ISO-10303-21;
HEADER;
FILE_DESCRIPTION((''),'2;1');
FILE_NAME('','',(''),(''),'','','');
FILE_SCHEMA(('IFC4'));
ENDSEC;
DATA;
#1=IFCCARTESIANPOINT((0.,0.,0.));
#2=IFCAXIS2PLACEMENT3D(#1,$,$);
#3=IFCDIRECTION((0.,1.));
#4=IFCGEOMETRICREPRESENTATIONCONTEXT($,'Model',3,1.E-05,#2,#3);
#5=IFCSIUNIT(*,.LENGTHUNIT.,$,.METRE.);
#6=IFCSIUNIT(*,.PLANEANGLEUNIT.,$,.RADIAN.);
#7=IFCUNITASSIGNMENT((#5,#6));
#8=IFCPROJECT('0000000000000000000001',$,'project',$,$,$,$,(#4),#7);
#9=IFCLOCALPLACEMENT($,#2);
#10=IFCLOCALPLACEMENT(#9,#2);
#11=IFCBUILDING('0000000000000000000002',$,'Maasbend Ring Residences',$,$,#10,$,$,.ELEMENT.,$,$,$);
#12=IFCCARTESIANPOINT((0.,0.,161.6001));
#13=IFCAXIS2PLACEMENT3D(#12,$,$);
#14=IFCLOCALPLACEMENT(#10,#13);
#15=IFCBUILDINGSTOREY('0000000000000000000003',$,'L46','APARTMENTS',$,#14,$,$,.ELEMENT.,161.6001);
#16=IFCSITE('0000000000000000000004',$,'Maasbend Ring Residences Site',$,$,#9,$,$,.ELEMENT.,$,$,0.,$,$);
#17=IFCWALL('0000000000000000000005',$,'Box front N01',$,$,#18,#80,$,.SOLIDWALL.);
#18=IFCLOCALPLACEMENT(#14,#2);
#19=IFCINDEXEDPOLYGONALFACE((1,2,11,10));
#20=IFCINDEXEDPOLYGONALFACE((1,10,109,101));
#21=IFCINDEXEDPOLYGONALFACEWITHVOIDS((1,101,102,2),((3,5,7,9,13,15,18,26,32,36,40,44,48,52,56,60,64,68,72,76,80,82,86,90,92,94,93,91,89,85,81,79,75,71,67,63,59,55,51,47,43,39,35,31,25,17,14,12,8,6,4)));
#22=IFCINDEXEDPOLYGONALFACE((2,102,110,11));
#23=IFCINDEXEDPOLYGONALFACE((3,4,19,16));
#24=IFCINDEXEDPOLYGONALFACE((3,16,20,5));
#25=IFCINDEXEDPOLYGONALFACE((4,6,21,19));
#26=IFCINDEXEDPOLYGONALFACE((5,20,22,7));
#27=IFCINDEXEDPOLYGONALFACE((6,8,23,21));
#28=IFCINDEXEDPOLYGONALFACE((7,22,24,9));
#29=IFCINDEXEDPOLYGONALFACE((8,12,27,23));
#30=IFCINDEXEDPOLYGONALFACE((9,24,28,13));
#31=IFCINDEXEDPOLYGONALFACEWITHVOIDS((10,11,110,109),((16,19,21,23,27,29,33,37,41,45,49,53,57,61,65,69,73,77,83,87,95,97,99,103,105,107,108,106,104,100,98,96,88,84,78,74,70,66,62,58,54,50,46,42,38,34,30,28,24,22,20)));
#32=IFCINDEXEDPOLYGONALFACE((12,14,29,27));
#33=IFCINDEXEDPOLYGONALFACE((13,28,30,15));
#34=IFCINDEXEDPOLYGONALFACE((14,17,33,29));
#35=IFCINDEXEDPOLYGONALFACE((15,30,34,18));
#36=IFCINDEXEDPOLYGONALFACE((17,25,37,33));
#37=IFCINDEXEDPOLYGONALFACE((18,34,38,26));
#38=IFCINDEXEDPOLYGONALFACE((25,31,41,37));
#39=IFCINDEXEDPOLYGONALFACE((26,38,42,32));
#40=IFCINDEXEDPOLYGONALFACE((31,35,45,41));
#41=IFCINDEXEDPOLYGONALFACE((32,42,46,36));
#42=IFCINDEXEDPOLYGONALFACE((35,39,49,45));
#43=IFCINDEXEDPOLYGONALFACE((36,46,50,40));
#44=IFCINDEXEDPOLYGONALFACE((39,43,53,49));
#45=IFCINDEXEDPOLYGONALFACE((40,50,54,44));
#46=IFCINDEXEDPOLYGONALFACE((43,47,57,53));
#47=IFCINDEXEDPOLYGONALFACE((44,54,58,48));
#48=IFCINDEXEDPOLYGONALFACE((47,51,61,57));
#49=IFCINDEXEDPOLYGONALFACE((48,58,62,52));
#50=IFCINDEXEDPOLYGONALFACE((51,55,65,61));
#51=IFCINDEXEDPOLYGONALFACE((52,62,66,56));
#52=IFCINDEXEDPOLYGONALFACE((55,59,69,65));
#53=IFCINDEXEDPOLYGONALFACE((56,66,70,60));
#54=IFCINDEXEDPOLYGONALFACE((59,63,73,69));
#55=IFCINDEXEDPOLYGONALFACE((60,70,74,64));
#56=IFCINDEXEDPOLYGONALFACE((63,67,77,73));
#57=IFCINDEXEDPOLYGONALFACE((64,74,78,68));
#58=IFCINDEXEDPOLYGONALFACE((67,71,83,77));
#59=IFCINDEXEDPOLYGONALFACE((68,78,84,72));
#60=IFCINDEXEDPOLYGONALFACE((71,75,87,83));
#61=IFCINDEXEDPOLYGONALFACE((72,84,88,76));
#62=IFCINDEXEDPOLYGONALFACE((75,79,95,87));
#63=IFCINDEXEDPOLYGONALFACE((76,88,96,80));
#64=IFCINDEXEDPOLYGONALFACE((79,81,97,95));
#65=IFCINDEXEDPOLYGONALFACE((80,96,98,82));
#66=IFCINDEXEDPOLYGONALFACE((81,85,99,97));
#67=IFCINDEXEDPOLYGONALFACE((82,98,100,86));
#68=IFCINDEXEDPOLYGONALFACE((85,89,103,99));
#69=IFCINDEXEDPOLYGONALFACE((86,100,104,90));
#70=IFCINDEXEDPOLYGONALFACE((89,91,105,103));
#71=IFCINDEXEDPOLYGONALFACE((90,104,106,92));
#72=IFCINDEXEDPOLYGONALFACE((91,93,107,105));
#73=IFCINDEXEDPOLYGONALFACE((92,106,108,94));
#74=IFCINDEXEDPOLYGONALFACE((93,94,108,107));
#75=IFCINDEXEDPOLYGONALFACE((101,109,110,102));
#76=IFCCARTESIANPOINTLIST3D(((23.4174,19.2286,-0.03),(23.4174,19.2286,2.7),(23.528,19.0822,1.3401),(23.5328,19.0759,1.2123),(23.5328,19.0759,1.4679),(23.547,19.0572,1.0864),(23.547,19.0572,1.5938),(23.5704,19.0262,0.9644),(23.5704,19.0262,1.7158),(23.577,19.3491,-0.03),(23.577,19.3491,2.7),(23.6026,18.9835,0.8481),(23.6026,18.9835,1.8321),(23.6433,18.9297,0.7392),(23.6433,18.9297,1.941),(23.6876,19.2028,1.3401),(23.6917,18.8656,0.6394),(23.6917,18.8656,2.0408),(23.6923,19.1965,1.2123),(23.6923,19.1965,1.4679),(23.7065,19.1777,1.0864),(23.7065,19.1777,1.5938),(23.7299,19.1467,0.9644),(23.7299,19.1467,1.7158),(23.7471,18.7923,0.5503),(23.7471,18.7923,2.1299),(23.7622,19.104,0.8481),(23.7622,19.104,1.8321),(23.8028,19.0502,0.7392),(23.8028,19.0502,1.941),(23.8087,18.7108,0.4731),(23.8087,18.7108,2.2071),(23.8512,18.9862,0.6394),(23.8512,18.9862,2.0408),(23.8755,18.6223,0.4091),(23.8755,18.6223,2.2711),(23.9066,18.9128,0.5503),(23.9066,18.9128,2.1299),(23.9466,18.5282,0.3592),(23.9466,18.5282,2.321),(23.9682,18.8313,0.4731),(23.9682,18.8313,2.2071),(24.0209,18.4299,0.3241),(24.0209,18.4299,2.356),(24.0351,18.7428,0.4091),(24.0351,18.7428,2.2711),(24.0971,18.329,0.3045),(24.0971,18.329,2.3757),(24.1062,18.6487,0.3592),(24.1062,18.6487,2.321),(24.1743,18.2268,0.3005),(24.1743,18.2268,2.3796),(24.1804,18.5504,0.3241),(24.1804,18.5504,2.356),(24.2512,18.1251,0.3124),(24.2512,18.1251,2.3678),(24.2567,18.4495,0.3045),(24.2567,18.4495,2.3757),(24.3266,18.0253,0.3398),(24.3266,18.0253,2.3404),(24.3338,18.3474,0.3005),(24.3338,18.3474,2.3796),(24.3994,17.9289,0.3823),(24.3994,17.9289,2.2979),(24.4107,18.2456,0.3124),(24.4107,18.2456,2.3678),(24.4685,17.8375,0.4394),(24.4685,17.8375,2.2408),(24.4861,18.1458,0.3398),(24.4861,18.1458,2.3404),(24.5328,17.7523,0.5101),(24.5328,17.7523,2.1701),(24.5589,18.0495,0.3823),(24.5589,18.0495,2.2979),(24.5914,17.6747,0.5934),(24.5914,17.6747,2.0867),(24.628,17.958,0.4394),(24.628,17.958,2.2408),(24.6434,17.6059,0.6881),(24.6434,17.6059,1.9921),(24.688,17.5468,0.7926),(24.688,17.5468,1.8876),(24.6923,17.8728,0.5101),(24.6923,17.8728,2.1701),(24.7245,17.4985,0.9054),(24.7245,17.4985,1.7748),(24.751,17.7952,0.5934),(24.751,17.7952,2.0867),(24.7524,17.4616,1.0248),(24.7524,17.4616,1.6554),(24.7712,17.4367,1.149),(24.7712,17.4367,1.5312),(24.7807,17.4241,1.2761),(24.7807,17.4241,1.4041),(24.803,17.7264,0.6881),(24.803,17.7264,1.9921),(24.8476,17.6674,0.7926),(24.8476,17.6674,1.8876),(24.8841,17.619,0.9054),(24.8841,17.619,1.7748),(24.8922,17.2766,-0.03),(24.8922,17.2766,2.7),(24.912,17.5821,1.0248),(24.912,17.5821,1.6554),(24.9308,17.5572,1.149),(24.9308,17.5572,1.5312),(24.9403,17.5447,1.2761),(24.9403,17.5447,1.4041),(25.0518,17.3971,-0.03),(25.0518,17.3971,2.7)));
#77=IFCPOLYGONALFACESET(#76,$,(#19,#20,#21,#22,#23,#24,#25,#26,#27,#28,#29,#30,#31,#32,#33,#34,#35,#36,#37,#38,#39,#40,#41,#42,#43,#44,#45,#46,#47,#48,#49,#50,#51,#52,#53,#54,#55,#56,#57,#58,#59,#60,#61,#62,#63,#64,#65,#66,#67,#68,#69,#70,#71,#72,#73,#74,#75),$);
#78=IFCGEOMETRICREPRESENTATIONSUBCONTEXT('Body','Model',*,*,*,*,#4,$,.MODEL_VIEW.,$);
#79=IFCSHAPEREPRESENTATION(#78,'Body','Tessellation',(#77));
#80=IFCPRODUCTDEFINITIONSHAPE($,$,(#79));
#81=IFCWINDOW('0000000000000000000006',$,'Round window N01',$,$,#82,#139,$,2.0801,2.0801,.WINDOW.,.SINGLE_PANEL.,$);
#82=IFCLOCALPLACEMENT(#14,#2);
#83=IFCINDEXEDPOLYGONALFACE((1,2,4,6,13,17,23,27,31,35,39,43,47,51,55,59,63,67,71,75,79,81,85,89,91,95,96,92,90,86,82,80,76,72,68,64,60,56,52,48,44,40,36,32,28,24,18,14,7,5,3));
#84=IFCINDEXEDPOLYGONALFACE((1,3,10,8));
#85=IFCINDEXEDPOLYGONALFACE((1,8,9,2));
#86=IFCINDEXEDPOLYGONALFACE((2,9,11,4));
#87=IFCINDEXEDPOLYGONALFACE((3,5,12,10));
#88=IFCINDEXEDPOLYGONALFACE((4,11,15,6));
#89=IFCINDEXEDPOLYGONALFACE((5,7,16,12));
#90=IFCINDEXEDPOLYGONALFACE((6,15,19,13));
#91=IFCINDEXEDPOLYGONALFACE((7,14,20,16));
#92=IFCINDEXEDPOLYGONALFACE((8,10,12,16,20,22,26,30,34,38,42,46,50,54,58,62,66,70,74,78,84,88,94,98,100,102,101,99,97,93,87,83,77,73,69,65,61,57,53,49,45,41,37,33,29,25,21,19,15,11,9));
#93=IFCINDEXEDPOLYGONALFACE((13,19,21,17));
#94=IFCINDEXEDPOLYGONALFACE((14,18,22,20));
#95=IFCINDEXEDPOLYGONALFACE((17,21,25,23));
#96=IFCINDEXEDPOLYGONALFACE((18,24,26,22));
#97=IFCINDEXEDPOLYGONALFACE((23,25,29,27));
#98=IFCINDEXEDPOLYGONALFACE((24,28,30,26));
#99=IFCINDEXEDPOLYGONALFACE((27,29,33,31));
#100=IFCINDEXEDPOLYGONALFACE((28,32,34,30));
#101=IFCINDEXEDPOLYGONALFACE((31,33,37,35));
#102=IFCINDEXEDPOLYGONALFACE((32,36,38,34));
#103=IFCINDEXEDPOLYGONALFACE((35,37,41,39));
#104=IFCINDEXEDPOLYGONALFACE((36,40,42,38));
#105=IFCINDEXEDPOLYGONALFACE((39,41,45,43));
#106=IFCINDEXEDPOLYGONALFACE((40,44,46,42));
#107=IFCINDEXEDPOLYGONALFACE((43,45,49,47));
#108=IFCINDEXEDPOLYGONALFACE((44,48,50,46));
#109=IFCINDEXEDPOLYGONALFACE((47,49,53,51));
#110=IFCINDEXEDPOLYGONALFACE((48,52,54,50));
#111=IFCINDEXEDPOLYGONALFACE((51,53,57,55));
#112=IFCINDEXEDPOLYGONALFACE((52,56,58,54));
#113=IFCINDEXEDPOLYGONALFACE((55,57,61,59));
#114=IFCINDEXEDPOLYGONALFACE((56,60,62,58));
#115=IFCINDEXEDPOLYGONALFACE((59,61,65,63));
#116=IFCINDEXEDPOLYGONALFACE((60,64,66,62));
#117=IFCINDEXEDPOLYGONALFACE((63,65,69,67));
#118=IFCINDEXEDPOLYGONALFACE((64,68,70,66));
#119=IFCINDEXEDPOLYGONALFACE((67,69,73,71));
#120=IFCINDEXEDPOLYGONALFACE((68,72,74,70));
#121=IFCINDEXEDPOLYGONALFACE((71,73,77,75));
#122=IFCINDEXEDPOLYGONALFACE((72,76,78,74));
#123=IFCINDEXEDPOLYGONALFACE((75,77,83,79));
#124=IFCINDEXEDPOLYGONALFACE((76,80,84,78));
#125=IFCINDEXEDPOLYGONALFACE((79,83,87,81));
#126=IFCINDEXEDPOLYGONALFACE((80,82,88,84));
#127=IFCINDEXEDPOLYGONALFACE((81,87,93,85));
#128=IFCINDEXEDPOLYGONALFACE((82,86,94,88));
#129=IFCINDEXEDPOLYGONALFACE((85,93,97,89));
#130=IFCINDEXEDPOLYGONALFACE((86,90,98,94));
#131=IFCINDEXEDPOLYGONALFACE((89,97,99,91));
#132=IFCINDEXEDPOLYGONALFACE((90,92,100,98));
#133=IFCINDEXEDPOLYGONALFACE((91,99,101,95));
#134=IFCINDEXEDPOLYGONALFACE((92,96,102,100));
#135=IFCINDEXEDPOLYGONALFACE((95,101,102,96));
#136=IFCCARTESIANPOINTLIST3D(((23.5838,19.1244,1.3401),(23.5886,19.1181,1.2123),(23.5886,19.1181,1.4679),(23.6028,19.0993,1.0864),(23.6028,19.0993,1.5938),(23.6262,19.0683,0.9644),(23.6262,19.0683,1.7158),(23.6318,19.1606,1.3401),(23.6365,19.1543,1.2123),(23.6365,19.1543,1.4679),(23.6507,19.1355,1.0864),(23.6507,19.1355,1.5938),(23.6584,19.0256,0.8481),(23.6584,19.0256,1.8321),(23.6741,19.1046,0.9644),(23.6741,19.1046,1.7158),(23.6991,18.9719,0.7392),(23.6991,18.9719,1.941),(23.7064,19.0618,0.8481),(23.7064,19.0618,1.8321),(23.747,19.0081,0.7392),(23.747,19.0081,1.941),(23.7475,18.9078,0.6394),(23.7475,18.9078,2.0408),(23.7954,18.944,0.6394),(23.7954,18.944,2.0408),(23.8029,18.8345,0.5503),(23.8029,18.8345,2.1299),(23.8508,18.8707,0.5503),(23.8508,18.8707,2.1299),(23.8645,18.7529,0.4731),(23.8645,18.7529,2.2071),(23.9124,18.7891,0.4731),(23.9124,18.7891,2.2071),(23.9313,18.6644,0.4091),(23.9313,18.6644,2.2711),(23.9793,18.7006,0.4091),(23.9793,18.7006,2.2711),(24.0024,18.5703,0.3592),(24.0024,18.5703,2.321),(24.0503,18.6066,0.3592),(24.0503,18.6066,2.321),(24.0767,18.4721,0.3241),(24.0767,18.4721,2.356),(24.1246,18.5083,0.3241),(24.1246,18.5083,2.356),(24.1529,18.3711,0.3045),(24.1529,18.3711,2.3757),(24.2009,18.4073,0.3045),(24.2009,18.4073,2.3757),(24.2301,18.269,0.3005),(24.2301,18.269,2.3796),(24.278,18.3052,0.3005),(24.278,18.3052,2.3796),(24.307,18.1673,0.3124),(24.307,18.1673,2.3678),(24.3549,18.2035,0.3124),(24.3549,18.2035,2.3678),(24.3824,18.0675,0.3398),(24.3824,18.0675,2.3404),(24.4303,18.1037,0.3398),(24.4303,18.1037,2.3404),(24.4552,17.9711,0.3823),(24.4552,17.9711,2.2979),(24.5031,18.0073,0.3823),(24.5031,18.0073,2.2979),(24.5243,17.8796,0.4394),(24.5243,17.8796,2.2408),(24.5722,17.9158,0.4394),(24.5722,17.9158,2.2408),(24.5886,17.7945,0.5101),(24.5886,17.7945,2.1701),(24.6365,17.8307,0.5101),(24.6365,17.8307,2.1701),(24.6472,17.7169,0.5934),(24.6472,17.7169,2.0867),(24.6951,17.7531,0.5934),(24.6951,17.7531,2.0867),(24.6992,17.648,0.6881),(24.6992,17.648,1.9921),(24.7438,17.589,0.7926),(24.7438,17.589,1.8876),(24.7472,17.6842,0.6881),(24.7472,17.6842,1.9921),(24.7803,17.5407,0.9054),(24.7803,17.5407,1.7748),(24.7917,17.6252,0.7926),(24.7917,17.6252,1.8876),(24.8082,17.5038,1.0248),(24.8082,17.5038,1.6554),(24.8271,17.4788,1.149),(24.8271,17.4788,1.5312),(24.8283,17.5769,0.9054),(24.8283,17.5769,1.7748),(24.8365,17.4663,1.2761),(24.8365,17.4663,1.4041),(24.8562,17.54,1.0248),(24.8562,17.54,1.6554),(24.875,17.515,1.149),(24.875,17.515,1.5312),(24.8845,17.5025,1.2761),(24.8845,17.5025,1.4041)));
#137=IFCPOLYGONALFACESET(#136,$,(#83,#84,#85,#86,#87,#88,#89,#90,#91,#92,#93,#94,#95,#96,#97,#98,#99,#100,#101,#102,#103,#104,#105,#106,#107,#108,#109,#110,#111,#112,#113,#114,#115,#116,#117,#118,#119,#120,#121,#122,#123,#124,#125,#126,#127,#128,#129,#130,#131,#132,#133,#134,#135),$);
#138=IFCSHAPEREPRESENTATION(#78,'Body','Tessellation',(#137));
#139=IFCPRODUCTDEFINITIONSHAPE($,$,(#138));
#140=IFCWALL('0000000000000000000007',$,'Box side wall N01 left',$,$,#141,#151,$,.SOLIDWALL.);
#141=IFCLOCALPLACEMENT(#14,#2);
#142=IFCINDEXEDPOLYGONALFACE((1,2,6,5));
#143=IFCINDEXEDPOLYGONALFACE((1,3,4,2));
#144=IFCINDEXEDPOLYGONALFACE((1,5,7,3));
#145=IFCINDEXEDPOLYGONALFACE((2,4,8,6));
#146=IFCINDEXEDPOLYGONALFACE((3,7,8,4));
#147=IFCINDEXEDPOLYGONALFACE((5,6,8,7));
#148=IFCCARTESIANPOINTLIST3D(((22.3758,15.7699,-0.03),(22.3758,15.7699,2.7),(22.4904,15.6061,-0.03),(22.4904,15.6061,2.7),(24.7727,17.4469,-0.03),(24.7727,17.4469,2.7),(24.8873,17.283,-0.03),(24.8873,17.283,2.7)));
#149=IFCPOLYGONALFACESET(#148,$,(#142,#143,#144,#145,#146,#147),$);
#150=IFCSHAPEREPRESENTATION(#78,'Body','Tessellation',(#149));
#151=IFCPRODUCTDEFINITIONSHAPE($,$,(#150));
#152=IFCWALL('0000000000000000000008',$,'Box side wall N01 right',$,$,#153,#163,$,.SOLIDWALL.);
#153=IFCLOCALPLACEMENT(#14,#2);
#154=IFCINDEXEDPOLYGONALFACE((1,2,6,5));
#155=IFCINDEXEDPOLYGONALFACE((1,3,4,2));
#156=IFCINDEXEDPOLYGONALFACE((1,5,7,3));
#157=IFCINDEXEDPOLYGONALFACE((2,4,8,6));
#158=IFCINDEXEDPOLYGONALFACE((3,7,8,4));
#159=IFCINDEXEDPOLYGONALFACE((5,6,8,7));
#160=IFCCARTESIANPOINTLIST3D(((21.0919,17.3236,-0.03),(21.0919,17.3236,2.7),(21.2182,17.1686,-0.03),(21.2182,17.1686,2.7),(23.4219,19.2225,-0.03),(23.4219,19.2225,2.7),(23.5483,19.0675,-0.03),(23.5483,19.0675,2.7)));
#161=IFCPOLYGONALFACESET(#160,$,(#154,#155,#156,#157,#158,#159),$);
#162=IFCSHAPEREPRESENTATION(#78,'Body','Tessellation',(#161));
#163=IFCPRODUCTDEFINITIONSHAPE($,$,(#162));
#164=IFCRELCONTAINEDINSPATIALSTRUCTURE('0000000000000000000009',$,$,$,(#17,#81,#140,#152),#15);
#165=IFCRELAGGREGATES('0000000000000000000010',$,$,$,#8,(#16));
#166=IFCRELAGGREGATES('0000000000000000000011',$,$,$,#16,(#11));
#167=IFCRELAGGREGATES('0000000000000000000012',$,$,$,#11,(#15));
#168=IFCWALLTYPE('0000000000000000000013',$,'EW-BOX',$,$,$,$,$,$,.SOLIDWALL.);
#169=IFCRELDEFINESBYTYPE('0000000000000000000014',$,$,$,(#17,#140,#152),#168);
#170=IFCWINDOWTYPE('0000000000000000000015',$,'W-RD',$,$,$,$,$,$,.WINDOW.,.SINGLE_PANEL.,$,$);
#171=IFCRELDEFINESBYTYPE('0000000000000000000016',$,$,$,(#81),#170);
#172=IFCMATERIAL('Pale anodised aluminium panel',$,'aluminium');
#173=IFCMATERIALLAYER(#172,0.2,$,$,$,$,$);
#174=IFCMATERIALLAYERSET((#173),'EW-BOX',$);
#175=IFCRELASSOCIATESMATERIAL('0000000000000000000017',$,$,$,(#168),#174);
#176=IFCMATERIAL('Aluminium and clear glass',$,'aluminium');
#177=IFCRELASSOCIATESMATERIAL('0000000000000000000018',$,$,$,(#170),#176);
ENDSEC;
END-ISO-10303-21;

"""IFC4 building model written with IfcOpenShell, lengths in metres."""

from ifc_helpers import new_model, si_unit, direction, frame, frame_2d, origin, place, context, subcontext, project, spatial, rectangle, circle, extrude, material, layer, layer_set, type_object, element, fill, save


model = new_model("IFC4")

# Units and contexts
model_context = context("Model", 3, precision=1e-05, world=origin(), true_north=direction((0.0, 1.0)))
body_context = subcontext(model_context, "Body", "Model", "MODEL_VIEW")
ifc_project = project(units=[si_unit("LENGTHUNIT", "METRE"), si_unit("PLANEANGLEUNIT", "RADIAN")], contexts=[model_context])

# Site, building, storey
site_placement = place(None, origin())
site = spatial("IfcSite", under=ifc_project, at=site_placement, Name="Maasbend Ring Residences Site", CompositionType="ELEMENT", RefElevation=0.0)
building_placement = place(site_placement, origin())
building = spatial("IfcBuilding", under=site, at=building_placement, Name="Maasbend Ring Residences", CompositionType="ELEMENT")
storey_placement = place(building_placement, frame((0.0, 0.0, 161.6001)))
storey = spatial("IfcBuildingStorey", under=building, at=storey_placement, Name="L46", Description="APARTMENTS", CompositionType="ELEMENT", Elevation=161.6001)

# Wall, opening, window
ifc_material_1 = material(Name="Pale anodised aluminium panel", Category="aluminium")
ifc_layer_1 = layer(ifc_material_1, 0.2)
ifc_layer_set_1 = layer_set([ifc_layer_1], Name="EW-BOX")
wall_type_1 = type_object("IfcWallType", Name="EW-BOX", PredefinedType="SOLIDWALL", material=ifc_layer_set_1)
wall_1_placement = place(storey_placement, frame((24.9719, 17.3369, -0.03), z_axis=(0.0, 0.0, 1.0), x_axis=(-0.602806, 0.797888, 0.0)))
wall_1 = element("IfcWall", 1, at=wall_1_placement, inside=storey, type_object=wall_type_1, Name="Box front N01", PredefinedType="SOLIDWALL", context=body_context, shape_type="SweptSolid", body=[
    extrude(rectangle(XDim=2.4465, YDim=0.2, at=frame_2d((1.2231, 0.0))), origin(), (0.0, 0.0, 1.0), 2.73),
])
opening_1_placement = place(wall_1_placement, frame((0.1829, 0.0, 0.3301)))
opening_1 = element("IfcOpeningElement", 2, at=opening_1_placement, cuts=wall_1, PredefinedType="OPENING", context=body_context, shape_type="SweptSolid", body=[
    extrude(circle(Radius=1.04, at=frame_2d((1.04, 1.04))), frame((0.0, 0.1099, 0.0), z_axis=(0.0, -1.0, 0.0), x_axis=(1.0, 0.0, 0.0)), (0.0, 0.0, 1.0), 0.22),
])
ifc_material_2 = material(Name="Aluminium and clear glass", Category="aluminium")
window_type_1 = type_object("IfcWindowType", Name="W-RD", PartitioningType="SINGLE_PANEL", PredefinedType="WINDOW", material=ifc_material_2)
window_1_placement = place(opening_1_placement, origin())
window_1 = element("IfcWindow", 3, at=window_1_placement, inside=storey, type_object=window_type_1, Name="Round window N01", OverallHeight=2.0801, OverallWidth=2.0801, PartitioningType="SINGLE_PANEL", PredefinedType="WINDOW", context=body_context, shape_type="SweptSolid", body=[
    extrude(circle(Radius=1.04, at=frame_2d((1.04, 1.04))), frame((0.0, 0.03, 0.0), z_axis=(0.0, -1.0, 0.0), x_axis=(1.0, 0.0, 0.0)), (0.0, 0.0, 1.0), 0.0601),
])
fill(opening_1, window_1)

# Walls
wall_2_placement = place(storey_placement, frame((22.4331, 15.688, -0.03), z_axis=(0.0, 0.0, 1.0), x_axis=(0.819373, 0.573261, 0.0)))
element("IfcWall", 4, at=wall_2_placement, inside=storey, type_object=wall_type_1, Name="Box side wall N01 left", PredefinedType="SOLIDWALL", context=body_context, shape_type="SweptSolid", body=[
    extrude(rectangle(XDim=2.9253, YDim=0.2, at=frame_2d((1.4626, 0.0))), origin(), (0.0, 0.0, 1.0), 2.73),
])
wall_3_placement = place(storey_placement, frame((21.155, 17.2461, -0.03), z_axis=(0.0, 0.0, 1.0), x_axis=(0.775179, 0.631742, 0.0)))
element("IfcWall", 5, at=wall_3_placement, inside=storey, type_object=wall_type_1, Name="Box side wall N01 right", PredefinedType="SOLIDWALL", context=body_context, shape_type="SweptSolid", body=[
    extrude(rectangle(XDim=3.0059, YDim=0.2, at=frame_2d((1.5029, 0.0))), origin(), (0.0, 0.0, 1.0), 2.73),
])

save(model, "model.ifc")
